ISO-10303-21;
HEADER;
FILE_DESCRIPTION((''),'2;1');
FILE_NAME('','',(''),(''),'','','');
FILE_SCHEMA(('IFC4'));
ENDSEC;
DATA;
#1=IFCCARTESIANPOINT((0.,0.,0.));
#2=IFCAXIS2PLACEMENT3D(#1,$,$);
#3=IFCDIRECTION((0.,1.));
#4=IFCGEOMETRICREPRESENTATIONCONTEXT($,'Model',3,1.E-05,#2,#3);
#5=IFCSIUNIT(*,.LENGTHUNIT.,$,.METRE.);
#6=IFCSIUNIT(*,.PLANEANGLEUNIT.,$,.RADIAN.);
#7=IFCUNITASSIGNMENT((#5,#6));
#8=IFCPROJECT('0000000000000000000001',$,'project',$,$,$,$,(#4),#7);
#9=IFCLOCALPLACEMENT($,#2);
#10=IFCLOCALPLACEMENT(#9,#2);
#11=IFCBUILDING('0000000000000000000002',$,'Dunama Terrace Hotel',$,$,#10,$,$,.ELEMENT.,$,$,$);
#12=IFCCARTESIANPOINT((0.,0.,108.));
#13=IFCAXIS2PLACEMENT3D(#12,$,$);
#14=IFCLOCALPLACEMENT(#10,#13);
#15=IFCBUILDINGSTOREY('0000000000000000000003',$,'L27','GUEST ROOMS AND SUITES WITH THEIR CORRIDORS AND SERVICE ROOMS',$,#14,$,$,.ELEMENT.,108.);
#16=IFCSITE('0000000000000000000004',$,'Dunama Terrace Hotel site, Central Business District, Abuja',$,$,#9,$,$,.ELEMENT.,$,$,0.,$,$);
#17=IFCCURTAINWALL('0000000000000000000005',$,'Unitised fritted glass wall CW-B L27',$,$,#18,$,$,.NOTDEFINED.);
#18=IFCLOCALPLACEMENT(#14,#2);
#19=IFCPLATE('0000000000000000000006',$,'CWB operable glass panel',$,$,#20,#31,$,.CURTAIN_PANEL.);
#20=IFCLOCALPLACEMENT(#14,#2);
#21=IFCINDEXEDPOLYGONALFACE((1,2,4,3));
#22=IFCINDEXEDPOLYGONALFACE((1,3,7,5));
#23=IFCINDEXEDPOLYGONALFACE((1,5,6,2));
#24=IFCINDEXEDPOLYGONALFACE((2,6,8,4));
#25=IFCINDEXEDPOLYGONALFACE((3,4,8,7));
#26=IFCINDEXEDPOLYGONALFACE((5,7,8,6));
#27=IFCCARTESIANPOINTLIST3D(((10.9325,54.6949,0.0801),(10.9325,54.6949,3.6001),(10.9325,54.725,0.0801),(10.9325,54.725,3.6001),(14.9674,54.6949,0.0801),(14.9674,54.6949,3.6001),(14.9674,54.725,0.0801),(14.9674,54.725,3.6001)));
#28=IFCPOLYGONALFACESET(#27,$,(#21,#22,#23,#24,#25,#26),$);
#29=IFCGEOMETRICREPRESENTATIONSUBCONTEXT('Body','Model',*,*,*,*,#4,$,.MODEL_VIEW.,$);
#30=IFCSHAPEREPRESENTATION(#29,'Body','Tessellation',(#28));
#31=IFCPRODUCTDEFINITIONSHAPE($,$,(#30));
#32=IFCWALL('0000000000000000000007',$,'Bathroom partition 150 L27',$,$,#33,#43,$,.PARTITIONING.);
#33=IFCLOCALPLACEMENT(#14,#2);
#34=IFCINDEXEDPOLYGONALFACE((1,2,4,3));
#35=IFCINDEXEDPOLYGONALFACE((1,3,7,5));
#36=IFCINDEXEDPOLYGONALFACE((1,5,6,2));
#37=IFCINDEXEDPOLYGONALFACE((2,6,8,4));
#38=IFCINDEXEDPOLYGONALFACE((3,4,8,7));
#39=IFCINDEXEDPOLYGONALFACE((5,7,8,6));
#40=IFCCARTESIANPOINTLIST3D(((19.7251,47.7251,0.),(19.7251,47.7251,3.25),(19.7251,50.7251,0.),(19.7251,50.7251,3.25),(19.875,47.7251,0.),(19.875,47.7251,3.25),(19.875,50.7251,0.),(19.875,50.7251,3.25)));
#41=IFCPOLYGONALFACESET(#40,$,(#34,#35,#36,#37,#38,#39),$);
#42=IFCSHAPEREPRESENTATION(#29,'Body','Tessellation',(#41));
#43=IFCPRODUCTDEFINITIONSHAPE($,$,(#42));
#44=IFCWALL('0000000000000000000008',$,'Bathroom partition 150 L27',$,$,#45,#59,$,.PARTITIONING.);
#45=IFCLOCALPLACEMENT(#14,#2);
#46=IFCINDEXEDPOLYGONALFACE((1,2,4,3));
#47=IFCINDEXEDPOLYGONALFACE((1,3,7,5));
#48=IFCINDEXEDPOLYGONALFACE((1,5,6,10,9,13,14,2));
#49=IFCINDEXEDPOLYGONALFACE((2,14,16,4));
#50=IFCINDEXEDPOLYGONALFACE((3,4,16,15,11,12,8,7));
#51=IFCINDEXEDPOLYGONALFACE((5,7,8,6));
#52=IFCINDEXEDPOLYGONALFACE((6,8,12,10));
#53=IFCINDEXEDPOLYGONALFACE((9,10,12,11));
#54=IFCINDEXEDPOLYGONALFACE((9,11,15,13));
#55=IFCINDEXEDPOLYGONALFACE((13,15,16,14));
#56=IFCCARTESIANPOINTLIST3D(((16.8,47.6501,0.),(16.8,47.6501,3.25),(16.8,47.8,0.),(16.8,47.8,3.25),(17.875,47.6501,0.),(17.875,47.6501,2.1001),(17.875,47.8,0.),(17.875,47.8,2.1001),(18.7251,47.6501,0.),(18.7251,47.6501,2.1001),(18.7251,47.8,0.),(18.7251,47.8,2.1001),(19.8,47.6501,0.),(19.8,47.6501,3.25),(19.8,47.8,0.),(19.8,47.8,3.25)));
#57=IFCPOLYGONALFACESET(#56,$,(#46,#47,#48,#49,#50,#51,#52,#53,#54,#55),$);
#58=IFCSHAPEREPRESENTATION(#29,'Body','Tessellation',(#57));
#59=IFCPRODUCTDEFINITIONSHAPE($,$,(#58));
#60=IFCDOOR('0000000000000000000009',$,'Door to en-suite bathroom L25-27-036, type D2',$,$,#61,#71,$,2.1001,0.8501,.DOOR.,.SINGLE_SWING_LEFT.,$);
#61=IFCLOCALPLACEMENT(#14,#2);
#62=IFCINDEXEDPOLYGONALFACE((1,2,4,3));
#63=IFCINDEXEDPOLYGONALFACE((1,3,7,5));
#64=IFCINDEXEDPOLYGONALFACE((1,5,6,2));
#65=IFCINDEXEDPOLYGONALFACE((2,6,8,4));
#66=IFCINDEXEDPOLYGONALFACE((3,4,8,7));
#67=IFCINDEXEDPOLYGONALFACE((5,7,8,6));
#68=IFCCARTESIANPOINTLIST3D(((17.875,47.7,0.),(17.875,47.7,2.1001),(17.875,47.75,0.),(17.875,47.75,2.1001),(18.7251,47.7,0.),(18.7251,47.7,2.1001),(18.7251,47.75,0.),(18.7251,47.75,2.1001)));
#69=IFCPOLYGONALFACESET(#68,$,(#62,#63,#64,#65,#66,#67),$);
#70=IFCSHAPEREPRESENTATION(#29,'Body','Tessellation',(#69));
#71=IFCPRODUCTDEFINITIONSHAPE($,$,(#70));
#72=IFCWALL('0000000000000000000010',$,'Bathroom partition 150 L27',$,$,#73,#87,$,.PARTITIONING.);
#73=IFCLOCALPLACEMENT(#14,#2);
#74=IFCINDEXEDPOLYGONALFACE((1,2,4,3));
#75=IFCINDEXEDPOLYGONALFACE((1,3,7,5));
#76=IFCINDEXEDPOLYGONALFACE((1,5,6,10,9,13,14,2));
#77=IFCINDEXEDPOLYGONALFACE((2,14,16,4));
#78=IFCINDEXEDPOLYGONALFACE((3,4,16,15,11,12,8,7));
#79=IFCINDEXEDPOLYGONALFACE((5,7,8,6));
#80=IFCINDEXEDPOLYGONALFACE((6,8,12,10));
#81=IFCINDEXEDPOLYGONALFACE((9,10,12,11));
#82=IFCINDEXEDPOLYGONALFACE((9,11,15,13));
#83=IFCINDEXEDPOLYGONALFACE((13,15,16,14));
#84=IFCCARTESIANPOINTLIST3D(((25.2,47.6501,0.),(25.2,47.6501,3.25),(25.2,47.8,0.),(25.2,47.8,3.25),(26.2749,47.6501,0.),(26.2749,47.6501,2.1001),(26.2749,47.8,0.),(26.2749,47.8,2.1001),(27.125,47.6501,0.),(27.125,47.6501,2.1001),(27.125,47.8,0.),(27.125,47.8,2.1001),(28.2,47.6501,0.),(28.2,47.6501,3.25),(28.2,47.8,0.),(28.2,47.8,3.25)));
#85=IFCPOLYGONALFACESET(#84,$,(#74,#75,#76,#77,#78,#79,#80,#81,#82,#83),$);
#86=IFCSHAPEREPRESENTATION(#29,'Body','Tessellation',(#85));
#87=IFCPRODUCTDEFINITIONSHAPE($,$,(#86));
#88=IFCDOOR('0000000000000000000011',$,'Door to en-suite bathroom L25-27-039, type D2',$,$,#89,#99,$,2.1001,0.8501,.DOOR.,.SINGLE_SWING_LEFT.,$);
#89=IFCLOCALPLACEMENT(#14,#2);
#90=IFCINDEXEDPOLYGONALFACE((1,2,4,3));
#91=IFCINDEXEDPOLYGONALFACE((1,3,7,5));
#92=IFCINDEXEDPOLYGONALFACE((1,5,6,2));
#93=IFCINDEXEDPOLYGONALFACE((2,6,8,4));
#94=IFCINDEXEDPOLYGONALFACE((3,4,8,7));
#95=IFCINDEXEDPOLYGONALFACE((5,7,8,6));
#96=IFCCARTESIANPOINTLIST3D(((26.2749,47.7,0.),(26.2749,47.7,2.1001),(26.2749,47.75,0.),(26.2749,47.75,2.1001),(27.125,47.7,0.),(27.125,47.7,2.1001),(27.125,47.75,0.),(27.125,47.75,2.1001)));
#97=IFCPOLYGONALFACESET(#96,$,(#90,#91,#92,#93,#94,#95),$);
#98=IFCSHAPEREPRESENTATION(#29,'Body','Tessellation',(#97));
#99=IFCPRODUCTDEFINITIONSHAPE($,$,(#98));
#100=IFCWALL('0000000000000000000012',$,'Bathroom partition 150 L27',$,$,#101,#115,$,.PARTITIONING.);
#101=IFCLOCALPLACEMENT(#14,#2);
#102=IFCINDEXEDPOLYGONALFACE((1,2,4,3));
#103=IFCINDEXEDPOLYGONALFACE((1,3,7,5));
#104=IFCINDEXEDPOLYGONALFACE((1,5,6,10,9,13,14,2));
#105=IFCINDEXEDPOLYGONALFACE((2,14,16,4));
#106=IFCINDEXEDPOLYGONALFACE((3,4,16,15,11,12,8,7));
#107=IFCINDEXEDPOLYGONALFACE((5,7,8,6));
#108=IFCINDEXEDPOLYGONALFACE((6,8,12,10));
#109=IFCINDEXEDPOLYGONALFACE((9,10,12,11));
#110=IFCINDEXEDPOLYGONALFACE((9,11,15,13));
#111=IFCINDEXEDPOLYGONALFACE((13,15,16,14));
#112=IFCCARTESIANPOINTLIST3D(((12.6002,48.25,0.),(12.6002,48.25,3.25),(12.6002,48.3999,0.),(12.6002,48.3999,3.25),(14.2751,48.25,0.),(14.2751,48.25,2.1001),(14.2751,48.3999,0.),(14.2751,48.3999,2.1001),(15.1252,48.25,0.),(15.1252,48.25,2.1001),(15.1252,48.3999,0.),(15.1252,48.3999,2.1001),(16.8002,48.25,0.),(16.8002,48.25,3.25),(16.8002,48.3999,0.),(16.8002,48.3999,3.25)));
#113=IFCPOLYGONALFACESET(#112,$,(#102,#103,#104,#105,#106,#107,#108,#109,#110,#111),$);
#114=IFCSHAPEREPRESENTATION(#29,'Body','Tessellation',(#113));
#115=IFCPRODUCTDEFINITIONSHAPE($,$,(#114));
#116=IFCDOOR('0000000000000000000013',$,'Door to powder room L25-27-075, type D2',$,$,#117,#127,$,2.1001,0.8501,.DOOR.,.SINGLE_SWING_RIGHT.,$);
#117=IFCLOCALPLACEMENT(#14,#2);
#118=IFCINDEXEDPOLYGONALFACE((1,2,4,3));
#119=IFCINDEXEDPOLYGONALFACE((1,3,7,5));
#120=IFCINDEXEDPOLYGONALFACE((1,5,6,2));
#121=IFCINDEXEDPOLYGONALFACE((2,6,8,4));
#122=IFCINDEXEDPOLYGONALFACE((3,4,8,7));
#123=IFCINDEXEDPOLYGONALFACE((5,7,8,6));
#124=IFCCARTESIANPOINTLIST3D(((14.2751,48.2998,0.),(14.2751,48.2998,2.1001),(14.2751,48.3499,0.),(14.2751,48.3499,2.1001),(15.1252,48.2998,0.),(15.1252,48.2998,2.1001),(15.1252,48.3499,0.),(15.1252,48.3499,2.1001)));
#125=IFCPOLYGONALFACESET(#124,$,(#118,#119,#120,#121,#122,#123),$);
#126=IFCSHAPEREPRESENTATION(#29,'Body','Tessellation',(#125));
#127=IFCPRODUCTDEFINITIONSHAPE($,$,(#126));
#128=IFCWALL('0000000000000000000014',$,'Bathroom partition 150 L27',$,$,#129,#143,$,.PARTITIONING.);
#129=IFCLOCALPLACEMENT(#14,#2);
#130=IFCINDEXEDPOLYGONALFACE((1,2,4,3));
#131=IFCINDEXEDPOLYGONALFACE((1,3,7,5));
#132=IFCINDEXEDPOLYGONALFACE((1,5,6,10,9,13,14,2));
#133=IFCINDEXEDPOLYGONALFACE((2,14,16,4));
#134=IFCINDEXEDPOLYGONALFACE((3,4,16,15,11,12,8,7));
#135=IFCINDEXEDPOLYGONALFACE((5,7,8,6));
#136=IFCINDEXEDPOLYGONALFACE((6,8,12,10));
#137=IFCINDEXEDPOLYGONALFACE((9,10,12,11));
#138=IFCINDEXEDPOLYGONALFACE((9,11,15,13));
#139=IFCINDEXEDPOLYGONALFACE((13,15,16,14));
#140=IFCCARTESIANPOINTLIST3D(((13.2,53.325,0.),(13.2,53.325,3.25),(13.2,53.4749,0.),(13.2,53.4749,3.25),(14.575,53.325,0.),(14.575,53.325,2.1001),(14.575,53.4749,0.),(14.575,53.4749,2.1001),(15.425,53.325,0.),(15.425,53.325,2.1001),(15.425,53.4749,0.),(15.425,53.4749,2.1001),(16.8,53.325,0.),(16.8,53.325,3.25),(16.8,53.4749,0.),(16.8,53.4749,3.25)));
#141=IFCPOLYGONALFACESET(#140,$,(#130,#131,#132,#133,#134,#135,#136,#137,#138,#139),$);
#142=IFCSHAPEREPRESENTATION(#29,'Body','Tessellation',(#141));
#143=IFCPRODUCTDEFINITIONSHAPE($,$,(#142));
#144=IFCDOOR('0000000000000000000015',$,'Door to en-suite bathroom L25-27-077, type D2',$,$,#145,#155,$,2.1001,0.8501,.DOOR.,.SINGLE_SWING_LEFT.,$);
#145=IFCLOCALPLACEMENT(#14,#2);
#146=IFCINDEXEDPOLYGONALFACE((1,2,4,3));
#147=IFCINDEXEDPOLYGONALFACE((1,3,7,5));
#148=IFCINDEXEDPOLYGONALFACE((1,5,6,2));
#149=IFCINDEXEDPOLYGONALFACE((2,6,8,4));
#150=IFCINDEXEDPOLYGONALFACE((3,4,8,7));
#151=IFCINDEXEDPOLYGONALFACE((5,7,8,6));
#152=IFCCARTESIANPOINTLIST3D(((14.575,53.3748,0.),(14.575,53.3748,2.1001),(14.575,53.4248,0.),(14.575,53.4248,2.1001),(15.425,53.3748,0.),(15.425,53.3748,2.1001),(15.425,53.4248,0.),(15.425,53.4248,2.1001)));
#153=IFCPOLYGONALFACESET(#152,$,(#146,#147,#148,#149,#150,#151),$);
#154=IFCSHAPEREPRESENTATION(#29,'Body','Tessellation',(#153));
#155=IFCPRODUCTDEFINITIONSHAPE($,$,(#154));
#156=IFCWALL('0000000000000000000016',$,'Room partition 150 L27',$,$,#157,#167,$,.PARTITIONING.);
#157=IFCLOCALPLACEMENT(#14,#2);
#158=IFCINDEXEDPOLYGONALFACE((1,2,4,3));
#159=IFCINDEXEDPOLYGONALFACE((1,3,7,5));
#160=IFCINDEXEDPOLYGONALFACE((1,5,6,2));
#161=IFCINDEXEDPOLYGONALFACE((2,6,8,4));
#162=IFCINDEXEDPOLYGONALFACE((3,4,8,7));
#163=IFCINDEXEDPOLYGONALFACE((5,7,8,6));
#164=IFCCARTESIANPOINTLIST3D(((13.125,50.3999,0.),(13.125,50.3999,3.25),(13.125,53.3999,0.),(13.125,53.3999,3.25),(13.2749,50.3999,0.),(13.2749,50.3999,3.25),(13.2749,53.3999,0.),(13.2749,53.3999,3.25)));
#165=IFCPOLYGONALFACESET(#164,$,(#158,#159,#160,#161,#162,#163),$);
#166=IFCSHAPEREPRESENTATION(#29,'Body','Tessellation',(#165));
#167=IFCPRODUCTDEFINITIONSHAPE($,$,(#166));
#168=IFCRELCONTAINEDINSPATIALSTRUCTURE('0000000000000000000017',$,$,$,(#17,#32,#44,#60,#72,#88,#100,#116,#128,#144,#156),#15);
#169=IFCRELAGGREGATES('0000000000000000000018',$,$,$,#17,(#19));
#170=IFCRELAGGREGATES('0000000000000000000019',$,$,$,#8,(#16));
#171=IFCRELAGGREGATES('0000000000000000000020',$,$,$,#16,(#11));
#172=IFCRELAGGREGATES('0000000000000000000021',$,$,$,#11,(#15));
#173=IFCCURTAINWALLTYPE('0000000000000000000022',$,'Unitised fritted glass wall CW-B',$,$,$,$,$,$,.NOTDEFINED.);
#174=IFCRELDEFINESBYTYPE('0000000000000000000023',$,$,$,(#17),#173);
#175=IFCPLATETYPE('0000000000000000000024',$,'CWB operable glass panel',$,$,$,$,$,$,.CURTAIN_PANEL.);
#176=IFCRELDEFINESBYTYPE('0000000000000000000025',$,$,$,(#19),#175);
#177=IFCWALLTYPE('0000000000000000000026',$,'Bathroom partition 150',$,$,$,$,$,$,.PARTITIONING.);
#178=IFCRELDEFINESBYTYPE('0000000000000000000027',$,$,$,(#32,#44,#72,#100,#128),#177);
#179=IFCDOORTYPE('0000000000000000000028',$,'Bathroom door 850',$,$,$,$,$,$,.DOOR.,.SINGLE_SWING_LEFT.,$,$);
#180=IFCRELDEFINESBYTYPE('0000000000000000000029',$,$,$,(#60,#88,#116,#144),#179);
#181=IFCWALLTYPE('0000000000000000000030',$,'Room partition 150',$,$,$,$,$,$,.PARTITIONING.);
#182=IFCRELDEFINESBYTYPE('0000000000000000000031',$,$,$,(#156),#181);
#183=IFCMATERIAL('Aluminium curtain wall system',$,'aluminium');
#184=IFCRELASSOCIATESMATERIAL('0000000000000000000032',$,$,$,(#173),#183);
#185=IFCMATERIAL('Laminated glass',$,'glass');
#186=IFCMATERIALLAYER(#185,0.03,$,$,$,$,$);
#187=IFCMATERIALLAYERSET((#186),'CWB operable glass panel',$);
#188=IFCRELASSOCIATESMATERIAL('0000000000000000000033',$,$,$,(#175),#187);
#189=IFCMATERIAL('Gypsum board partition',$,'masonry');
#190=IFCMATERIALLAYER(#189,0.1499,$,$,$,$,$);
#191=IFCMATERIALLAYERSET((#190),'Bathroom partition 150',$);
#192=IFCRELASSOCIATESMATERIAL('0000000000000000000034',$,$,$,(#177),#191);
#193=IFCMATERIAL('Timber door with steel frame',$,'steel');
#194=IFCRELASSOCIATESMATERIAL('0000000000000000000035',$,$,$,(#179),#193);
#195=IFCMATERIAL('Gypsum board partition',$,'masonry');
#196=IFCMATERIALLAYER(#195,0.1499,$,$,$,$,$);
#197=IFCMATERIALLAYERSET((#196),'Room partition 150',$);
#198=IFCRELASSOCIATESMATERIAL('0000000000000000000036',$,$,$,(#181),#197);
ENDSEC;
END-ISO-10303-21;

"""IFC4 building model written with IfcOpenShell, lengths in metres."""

from ifc_helpers import new_model, si_unit, direction, frame, frame_2d, origin, origin_2d, place, context, subcontext, project, spatial, rectangle, extrude, material, layer, layer_set, type_object, element, fill, aggregate, save


model = new_model("IFC4")

# Units and contexts
model_context = context("Model", 3, precision=1e-05, world=origin(), true_north=direction((0.0, 1.0)))
body_context = subcontext(model_context, "Body", "Model", "MODEL_VIEW")
ifc_project = project(units=[si_unit("LENGTHUNIT", "METRE"), si_unit("PLANEANGLEUNIT", "RADIAN")], contexts=[model_context])

# Site, building, storey
site_placement = place(None, origin())
site = spatial("IfcSite", under=ifc_project, at=site_placement, Name="Dunama Terrace Hotel site, Central Business District, Abuja", CompositionType="ELEMENT", RefElevation=0.0)
building_placement = place(site_placement, origin())
building = spatial("IfcBuilding", under=site, at=building_placement, Name="Dunama Terrace Hotel", CompositionType="ELEMENT")
storey_placement = place(building_placement, frame((0.0, 0.0, 108.0)))
storey = spatial("IfcBuildingStorey", under=building, at=storey_placement, Name="L27", Description="GUEST ROOMS AND SUITES WITH THEIR CORRIDORS AND SERVICE ROOMS", CompositionType="ELEMENT", Elevation=108.0)

# Curtain wall
ifc_material_1 = material(Name="Aluminium curtain wall system", Category="aluminium")
curtain_wall_type = type_object("IfcCurtainWallType", Name="Unitised fritted glass wall CW-B", PredefinedType="NOTDEFINED", material=ifc_material_1)
curtain_wall_placement = place(storey_placement, origin())
curtain_wall = element("IfcCurtainWall", 1, at=curtain_wall_placement, inside=storey, type_object=curtain_wall_type, Name="Unitised fritted glass wall CW-B L27", PredefinedType="NOTDEFINED")

# Plate
ifc_material_2 = material(Name="Laminated glass", Category="glass")
ifc_layer_1 = layer(ifc_material_2, 0.03)
ifc_layer_set_1 = layer_set([ifc_layer_1], Name="CWB operable glass panel")
plate_type_1 = type_object("IfcPlateType", Name="CWB operable glass panel", PredefinedType="CURTAIN_PANEL", material=ifc_layer_set_1)
plate_1_placement = place(storey_placement, frame((12.95, 54.71, 0.0801), z_axis=(0.0, 0.0, 1.0), x_axis=(-1.0, 0.0, 0.0)))
plate_1 = element("IfcPlate", 2, at=plate_1_placement, type_object=plate_type_1, Name="CWB operable glass panel", PredefinedType="CURTAIN_PANEL", context=body_context, shape_type="SweptSolid", body=[
    extrude(rectangle(XDim=4.0349, YDim=0.03, at=origin_2d()), origin(), (0.0, 0.0, 1.0), 3.52),
])
aggregate(curtain_wall, [plate_1])

# Wall
ifc_material_3 = material(Name="Gypsum board partition", Category="masonry")
ifc_layer_2 = layer(ifc_material_3, 0.1499)
ifc_layer_set_2 = layer_set([ifc_layer_2], Name="Bathroom partition 150")
wall_type_1 = type_object("IfcWallType", Name="Bathroom partition 150", PredefinedType="PARTITIONING", material=ifc_layer_set_2)
wall_1_placement = place(storey_placement, frame((19.8, 47.7251, 0.0), z_axis=(0.0, 0.0, 1.0), x_axis=(0.0, 1.0, 0.0)))
element("IfcWall", 3, at=wall_1_placement, inside=storey, type_object=wall_type_1, Name="Bathroom partition 150 L27", PredefinedType="PARTITIONING", context=body_context, shape_type="SweptSolid", body=[
    extrude(rectangle(XDim=3.0, YDim=0.1499, at=frame_2d((1.5, 0.0))), origin(), (0.0, 0.0, 1.0), 3.25),
])

# Walls, openings, doors
wall_2_placement = place(storey_placement, frame((16.8, 47.7251, 0.0), z_axis=(0.0, 0.0, 1.0), x_axis=(1.0, 0.0, 0.0)))
wall_2 = element("IfcWall", 4, at=wall_2_placement, inside=storey, type_object=wall_type_1, Name="Bathroom partition 150 L27", PredefinedType="PARTITIONING", context=body_context, shape_type="SweptSolid", body=[
    extrude(rectangle(XDim=3.0, YDim=0.1499, at=frame_2d((1.5, 0.0))), origin(), (0.0, 0.0, 1.0), 3.25),
])
opening_1_placement = place(wall_2_placement, frame((1.075, 0.0, 0.0)))
opening_1 = element("IfcOpeningElement", 5, at=opening_1_placement, cuts=wall_2, PredefinedType="OPENING", context=body_context, shape_type="SweptSolid", body=[
    extrude(rectangle(XDim=0.8501, YDim=2.1001, at=frame_2d((0.425, 1.05))), frame((0.0, 0.085, 0.0), z_axis=(0.0, -1.0, 0.0), x_axis=(1.0, 0.0, 0.0)), (0.0, 0.0, 1.0), 0.1699),
])
ifc_material_4 = material(Name="Timber door with steel frame", Category="steel")
door_type_1 = type_object("IfcDoorType", Name="Bathroom door 850", OperationType="SINGLE_SWING_LEFT", PredefinedType="DOOR", material=ifc_material_4)
door_1_placement = place(opening_1_placement, origin())
door_1 = element("IfcDoor", 6, at=door_1_placement, inside=storey, type_object=door_type_1, Name="Door to en-suite bathroom L25-27-036, type D2", OperationType="SINGLE_SWING_LEFT", OverallHeight=2.1001, OverallWidth=0.8501, PredefinedType="DOOR", context=body_context, shape_type="SweptSolid", body=[
    extrude(rectangle(XDim=0.8501, YDim=2.1001, at=frame_2d((0.425, 1.05))), frame((0.0, 0.0249, 0.0), z_axis=(0.0, -1.0, 0.0), x_axis=(1.0, 0.0, 0.0)), (0.0, 0.0, 1.0), 0.05),
])
fill(opening_1, door_1)
wall_3_placement = place(storey_placement, frame((25.2, 47.7251, 0.0), z_axis=(0.0, 0.0, 1.0), x_axis=(1.0, 0.0, 0.0)))
wall_3 = element("IfcWall", 7, at=wall_3_placement, inside=storey, type_object=wall_type_1, Name="Bathroom partition 150 L27", PredefinedType="PARTITIONING", context=body_context, shape_type="SweptSolid", body=[
    extrude(rectangle(XDim=3.0, YDim=0.1499, at=frame_2d((1.5, 0.0))), origin(), (0.0, 0.0, 1.0), 3.25),
])
opening_2_placement = place(wall_3_placement, frame((1.075, 0.0, 0.0)))
opening_2 = element("IfcOpeningElement", 8, at=opening_2_placement, cuts=wall_3, PredefinedType="OPENING", context=body_context, shape_type="SweptSolid", body=[
    extrude(rectangle(XDim=0.8501, YDim=2.1001, at=frame_2d((0.425, 1.05))), frame((0.0, 0.085, 0.0), z_axis=(0.0, -1.0, 0.0), x_axis=(1.0, 0.0, 0.0)), (0.0, 0.0, 1.0), 0.1699),
])
door_2_placement = place(opening_2_placement, origin())
door_2 = element("IfcDoor", 9, at=door_2_placement, inside=storey, type_object=door_type_1, Name="Door to en-suite bathroom L25-27-039, type D2", OperationType="SINGLE_SWING_LEFT", OverallHeight=2.1001, OverallWidth=0.8501, PredefinedType="DOOR", context=body_context, shape_type="SweptSolid", body=[
    extrude(rectangle(XDim=0.8501, YDim=2.1001, at=frame_2d((0.425, 1.05))), frame((0.0, 0.0249, 0.0), z_axis=(0.0, -1.0, 0.0), x_axis=(1.0, 0.0, 0.0)), (0.0, 0.0, 1.0), 0.05),
])
fill(opening_2, door_2)
wall_4_placement = place(storey_placement, frame((12.6001, 48.325, 0.0), z_axis=(0.0, 0.0, 1.0), x_axis=(1.0, 0.0, 0.0)))
wall_4 = element("IfcWall", 10, at=wall_4_placement, inside=storey, type_object=wall_type_1, Name="Bathroom partition 150 L27", PredefinedType="PARTITIONING", context=body_context, shape_type="SweptSolid", body=[
    extrude(rectangle(XDim=4.2, YDim=0.1499, at=frame_2d((2.1001, 0.0))), origin(), (0.0, 0.0, 1.0), 3.25),
])
opening_3_placement = place(wall_4_placement, frame((1.675, 0.0, 0.0)))
opening_3 = element("IfcOpeningElement", 11, at=opening_3_placement, cuts=wall_4, PredefinedType="OPENING", context=body_context, shape_type="SweptSolid", body=[
    extrude(rectangle(XDim=0.8501, YDim=2.1001, at=frame_2d((0.425, 1.05))), frame((0.0, 0.085, 0.0), z_axis=(0.0, -1.0, 0.0), x_axis=(1.0, 0.0, 0.0)), (0.0, 0.0, 1.0), 0.1699),
])
door_3_placement = place(opening_3_placement, frame((0.8501, 0.0, 0.0), z_axis=(0.0, 0.0, 1.0), x_axis=(-1.0, 0.0, 0.0)))
door_3 = element("IfcDoor", 12, at=door_3_placement, inside=storey, type_object=door_type_1, Name="Door to powder room L25-27-075, type D2", OperationType="SINGLE_SWING_RIGHT", OverallHeight=2.1001, OverallWidth=0.8501, PredefinedType="DOOR", context=body_context, shape_type="SweptSolid", body=[
    extrude(rectangle(XDim=0.8501, YDim=2.1001, at=frame_2d((0.425, 1.05))), frame((0.0, 0.0251, 0.0), z_axis=(0.0, -1.0, 0.0), x_axis=(1.0, 0.0, 0.0)), (0.0, 0.0, 1.0), 0.05),
])
fill(opening_3, door_3)
wall_5_placement = place(storey_placement, frame((13.2, 53.3999, 0.0), z_axis=(0.0, 0.0, 1.0), x_axis=(1.0, 0.0, 0.0)))
wall_5 = element("IfcWall", 13, at=wall_5_placement, inside=storey, type_object=wall_type_1, Name="Bathroom partition 150 L27", PredefinedType="PARTITIONING", context=body_context, shape_type="SweptSolid", body=[
    extrude(rectangle(XDim=3.6001, YDim=0.1499, at=frame_2d((1.8, 0.0))), origin(), (0.0, 0.0, 1.0), 3.25),
])
opening_4_placement = place(wall_5_placement, frame((1.375, 0.0, 0.0)))
opening_4 = element("IfcOpeningElement", 14, at=opening_4_placement, cuts=wall_5, PredefinedType="OPENING", context=body_context, shape_type="SweptSolid", body=[
    extrude(rectangle(XDim=0.8501, YDim=2.1001, at=frame_2d((0.425, 1.05))), frame((0.0, 0.085, 0.0), z_axis=(0.0, -1.0, 0.0), x_axis=(1.0, 0.0, 0.0)), (0.0, 0.0, 1.0), 0.1699),
])
door_4_placement = place(opening_4_placement, frame((0.8501, 0.0, 0.0), z_axis=(0.0, 0.0, 1.0), x_axis=(-1.0, 0.0, 0.0)))
door_4 = element("IfcDoor", 15, at=door_4_placement, inside=storey, type_object=door_type_1, Name="Door to en-suite bathroom L25-27-077, type D2", OperationType="SINGLE_SWING_LEFT", OverallHeight=2.1001, OverallWidth=0.8501, PredefinedType="DOOR", context=body_context, shape_type="SweptSolid", body=[
    extrude(rectangle(XDim=0.8501, YDim=2.1001, at=frame_2d((0.425, 1.05))), frame((0.0, 0.0251, 0.0), z_axis=(0.0, -1.0, 0.0), x_axis=(1.0, 0.0, 0.0)), (0.0, 0.0, 1.0), 0.05),
])
fill(opening_4, door_4)

# Wall
ifc_material_5 = material(Name="Gypsum board partition", Category="masonry")
ifc_layer_3 = layer(ifc_material_5, 0.1499)
ifc_layer_set_3 = layer_set([ifc_layer_3], Name="Room partition 150")
wall_type_2 = type_object("IfcWallType", Name="Room partition 150", PredefinedType="PARTITIONING", material=ifc_layer_set_3)
wall_6_placement = place(storey_placement, frame((13.2, 50.3999, 0.0), z_axis=(0.0, 0.0, 1.0), x_axis=(0.0, 1.0, 0.0)))
element("IfcWall", 16, at=wall_6_placement, inside=storey, type_object=wall_type_2, Name="Room partition 150 L27", PredefinedType="PARTITIONING", context=body_context, shape_type="SweptSolid", body=[
    extrude(rectangle(XDim=3.0, YDim=0.1499, at=frame_2d((1.5, 0.0))), origin(), (0.0, 0.0, 1.0), 3.25),
])

save(model, "model.ifc")
